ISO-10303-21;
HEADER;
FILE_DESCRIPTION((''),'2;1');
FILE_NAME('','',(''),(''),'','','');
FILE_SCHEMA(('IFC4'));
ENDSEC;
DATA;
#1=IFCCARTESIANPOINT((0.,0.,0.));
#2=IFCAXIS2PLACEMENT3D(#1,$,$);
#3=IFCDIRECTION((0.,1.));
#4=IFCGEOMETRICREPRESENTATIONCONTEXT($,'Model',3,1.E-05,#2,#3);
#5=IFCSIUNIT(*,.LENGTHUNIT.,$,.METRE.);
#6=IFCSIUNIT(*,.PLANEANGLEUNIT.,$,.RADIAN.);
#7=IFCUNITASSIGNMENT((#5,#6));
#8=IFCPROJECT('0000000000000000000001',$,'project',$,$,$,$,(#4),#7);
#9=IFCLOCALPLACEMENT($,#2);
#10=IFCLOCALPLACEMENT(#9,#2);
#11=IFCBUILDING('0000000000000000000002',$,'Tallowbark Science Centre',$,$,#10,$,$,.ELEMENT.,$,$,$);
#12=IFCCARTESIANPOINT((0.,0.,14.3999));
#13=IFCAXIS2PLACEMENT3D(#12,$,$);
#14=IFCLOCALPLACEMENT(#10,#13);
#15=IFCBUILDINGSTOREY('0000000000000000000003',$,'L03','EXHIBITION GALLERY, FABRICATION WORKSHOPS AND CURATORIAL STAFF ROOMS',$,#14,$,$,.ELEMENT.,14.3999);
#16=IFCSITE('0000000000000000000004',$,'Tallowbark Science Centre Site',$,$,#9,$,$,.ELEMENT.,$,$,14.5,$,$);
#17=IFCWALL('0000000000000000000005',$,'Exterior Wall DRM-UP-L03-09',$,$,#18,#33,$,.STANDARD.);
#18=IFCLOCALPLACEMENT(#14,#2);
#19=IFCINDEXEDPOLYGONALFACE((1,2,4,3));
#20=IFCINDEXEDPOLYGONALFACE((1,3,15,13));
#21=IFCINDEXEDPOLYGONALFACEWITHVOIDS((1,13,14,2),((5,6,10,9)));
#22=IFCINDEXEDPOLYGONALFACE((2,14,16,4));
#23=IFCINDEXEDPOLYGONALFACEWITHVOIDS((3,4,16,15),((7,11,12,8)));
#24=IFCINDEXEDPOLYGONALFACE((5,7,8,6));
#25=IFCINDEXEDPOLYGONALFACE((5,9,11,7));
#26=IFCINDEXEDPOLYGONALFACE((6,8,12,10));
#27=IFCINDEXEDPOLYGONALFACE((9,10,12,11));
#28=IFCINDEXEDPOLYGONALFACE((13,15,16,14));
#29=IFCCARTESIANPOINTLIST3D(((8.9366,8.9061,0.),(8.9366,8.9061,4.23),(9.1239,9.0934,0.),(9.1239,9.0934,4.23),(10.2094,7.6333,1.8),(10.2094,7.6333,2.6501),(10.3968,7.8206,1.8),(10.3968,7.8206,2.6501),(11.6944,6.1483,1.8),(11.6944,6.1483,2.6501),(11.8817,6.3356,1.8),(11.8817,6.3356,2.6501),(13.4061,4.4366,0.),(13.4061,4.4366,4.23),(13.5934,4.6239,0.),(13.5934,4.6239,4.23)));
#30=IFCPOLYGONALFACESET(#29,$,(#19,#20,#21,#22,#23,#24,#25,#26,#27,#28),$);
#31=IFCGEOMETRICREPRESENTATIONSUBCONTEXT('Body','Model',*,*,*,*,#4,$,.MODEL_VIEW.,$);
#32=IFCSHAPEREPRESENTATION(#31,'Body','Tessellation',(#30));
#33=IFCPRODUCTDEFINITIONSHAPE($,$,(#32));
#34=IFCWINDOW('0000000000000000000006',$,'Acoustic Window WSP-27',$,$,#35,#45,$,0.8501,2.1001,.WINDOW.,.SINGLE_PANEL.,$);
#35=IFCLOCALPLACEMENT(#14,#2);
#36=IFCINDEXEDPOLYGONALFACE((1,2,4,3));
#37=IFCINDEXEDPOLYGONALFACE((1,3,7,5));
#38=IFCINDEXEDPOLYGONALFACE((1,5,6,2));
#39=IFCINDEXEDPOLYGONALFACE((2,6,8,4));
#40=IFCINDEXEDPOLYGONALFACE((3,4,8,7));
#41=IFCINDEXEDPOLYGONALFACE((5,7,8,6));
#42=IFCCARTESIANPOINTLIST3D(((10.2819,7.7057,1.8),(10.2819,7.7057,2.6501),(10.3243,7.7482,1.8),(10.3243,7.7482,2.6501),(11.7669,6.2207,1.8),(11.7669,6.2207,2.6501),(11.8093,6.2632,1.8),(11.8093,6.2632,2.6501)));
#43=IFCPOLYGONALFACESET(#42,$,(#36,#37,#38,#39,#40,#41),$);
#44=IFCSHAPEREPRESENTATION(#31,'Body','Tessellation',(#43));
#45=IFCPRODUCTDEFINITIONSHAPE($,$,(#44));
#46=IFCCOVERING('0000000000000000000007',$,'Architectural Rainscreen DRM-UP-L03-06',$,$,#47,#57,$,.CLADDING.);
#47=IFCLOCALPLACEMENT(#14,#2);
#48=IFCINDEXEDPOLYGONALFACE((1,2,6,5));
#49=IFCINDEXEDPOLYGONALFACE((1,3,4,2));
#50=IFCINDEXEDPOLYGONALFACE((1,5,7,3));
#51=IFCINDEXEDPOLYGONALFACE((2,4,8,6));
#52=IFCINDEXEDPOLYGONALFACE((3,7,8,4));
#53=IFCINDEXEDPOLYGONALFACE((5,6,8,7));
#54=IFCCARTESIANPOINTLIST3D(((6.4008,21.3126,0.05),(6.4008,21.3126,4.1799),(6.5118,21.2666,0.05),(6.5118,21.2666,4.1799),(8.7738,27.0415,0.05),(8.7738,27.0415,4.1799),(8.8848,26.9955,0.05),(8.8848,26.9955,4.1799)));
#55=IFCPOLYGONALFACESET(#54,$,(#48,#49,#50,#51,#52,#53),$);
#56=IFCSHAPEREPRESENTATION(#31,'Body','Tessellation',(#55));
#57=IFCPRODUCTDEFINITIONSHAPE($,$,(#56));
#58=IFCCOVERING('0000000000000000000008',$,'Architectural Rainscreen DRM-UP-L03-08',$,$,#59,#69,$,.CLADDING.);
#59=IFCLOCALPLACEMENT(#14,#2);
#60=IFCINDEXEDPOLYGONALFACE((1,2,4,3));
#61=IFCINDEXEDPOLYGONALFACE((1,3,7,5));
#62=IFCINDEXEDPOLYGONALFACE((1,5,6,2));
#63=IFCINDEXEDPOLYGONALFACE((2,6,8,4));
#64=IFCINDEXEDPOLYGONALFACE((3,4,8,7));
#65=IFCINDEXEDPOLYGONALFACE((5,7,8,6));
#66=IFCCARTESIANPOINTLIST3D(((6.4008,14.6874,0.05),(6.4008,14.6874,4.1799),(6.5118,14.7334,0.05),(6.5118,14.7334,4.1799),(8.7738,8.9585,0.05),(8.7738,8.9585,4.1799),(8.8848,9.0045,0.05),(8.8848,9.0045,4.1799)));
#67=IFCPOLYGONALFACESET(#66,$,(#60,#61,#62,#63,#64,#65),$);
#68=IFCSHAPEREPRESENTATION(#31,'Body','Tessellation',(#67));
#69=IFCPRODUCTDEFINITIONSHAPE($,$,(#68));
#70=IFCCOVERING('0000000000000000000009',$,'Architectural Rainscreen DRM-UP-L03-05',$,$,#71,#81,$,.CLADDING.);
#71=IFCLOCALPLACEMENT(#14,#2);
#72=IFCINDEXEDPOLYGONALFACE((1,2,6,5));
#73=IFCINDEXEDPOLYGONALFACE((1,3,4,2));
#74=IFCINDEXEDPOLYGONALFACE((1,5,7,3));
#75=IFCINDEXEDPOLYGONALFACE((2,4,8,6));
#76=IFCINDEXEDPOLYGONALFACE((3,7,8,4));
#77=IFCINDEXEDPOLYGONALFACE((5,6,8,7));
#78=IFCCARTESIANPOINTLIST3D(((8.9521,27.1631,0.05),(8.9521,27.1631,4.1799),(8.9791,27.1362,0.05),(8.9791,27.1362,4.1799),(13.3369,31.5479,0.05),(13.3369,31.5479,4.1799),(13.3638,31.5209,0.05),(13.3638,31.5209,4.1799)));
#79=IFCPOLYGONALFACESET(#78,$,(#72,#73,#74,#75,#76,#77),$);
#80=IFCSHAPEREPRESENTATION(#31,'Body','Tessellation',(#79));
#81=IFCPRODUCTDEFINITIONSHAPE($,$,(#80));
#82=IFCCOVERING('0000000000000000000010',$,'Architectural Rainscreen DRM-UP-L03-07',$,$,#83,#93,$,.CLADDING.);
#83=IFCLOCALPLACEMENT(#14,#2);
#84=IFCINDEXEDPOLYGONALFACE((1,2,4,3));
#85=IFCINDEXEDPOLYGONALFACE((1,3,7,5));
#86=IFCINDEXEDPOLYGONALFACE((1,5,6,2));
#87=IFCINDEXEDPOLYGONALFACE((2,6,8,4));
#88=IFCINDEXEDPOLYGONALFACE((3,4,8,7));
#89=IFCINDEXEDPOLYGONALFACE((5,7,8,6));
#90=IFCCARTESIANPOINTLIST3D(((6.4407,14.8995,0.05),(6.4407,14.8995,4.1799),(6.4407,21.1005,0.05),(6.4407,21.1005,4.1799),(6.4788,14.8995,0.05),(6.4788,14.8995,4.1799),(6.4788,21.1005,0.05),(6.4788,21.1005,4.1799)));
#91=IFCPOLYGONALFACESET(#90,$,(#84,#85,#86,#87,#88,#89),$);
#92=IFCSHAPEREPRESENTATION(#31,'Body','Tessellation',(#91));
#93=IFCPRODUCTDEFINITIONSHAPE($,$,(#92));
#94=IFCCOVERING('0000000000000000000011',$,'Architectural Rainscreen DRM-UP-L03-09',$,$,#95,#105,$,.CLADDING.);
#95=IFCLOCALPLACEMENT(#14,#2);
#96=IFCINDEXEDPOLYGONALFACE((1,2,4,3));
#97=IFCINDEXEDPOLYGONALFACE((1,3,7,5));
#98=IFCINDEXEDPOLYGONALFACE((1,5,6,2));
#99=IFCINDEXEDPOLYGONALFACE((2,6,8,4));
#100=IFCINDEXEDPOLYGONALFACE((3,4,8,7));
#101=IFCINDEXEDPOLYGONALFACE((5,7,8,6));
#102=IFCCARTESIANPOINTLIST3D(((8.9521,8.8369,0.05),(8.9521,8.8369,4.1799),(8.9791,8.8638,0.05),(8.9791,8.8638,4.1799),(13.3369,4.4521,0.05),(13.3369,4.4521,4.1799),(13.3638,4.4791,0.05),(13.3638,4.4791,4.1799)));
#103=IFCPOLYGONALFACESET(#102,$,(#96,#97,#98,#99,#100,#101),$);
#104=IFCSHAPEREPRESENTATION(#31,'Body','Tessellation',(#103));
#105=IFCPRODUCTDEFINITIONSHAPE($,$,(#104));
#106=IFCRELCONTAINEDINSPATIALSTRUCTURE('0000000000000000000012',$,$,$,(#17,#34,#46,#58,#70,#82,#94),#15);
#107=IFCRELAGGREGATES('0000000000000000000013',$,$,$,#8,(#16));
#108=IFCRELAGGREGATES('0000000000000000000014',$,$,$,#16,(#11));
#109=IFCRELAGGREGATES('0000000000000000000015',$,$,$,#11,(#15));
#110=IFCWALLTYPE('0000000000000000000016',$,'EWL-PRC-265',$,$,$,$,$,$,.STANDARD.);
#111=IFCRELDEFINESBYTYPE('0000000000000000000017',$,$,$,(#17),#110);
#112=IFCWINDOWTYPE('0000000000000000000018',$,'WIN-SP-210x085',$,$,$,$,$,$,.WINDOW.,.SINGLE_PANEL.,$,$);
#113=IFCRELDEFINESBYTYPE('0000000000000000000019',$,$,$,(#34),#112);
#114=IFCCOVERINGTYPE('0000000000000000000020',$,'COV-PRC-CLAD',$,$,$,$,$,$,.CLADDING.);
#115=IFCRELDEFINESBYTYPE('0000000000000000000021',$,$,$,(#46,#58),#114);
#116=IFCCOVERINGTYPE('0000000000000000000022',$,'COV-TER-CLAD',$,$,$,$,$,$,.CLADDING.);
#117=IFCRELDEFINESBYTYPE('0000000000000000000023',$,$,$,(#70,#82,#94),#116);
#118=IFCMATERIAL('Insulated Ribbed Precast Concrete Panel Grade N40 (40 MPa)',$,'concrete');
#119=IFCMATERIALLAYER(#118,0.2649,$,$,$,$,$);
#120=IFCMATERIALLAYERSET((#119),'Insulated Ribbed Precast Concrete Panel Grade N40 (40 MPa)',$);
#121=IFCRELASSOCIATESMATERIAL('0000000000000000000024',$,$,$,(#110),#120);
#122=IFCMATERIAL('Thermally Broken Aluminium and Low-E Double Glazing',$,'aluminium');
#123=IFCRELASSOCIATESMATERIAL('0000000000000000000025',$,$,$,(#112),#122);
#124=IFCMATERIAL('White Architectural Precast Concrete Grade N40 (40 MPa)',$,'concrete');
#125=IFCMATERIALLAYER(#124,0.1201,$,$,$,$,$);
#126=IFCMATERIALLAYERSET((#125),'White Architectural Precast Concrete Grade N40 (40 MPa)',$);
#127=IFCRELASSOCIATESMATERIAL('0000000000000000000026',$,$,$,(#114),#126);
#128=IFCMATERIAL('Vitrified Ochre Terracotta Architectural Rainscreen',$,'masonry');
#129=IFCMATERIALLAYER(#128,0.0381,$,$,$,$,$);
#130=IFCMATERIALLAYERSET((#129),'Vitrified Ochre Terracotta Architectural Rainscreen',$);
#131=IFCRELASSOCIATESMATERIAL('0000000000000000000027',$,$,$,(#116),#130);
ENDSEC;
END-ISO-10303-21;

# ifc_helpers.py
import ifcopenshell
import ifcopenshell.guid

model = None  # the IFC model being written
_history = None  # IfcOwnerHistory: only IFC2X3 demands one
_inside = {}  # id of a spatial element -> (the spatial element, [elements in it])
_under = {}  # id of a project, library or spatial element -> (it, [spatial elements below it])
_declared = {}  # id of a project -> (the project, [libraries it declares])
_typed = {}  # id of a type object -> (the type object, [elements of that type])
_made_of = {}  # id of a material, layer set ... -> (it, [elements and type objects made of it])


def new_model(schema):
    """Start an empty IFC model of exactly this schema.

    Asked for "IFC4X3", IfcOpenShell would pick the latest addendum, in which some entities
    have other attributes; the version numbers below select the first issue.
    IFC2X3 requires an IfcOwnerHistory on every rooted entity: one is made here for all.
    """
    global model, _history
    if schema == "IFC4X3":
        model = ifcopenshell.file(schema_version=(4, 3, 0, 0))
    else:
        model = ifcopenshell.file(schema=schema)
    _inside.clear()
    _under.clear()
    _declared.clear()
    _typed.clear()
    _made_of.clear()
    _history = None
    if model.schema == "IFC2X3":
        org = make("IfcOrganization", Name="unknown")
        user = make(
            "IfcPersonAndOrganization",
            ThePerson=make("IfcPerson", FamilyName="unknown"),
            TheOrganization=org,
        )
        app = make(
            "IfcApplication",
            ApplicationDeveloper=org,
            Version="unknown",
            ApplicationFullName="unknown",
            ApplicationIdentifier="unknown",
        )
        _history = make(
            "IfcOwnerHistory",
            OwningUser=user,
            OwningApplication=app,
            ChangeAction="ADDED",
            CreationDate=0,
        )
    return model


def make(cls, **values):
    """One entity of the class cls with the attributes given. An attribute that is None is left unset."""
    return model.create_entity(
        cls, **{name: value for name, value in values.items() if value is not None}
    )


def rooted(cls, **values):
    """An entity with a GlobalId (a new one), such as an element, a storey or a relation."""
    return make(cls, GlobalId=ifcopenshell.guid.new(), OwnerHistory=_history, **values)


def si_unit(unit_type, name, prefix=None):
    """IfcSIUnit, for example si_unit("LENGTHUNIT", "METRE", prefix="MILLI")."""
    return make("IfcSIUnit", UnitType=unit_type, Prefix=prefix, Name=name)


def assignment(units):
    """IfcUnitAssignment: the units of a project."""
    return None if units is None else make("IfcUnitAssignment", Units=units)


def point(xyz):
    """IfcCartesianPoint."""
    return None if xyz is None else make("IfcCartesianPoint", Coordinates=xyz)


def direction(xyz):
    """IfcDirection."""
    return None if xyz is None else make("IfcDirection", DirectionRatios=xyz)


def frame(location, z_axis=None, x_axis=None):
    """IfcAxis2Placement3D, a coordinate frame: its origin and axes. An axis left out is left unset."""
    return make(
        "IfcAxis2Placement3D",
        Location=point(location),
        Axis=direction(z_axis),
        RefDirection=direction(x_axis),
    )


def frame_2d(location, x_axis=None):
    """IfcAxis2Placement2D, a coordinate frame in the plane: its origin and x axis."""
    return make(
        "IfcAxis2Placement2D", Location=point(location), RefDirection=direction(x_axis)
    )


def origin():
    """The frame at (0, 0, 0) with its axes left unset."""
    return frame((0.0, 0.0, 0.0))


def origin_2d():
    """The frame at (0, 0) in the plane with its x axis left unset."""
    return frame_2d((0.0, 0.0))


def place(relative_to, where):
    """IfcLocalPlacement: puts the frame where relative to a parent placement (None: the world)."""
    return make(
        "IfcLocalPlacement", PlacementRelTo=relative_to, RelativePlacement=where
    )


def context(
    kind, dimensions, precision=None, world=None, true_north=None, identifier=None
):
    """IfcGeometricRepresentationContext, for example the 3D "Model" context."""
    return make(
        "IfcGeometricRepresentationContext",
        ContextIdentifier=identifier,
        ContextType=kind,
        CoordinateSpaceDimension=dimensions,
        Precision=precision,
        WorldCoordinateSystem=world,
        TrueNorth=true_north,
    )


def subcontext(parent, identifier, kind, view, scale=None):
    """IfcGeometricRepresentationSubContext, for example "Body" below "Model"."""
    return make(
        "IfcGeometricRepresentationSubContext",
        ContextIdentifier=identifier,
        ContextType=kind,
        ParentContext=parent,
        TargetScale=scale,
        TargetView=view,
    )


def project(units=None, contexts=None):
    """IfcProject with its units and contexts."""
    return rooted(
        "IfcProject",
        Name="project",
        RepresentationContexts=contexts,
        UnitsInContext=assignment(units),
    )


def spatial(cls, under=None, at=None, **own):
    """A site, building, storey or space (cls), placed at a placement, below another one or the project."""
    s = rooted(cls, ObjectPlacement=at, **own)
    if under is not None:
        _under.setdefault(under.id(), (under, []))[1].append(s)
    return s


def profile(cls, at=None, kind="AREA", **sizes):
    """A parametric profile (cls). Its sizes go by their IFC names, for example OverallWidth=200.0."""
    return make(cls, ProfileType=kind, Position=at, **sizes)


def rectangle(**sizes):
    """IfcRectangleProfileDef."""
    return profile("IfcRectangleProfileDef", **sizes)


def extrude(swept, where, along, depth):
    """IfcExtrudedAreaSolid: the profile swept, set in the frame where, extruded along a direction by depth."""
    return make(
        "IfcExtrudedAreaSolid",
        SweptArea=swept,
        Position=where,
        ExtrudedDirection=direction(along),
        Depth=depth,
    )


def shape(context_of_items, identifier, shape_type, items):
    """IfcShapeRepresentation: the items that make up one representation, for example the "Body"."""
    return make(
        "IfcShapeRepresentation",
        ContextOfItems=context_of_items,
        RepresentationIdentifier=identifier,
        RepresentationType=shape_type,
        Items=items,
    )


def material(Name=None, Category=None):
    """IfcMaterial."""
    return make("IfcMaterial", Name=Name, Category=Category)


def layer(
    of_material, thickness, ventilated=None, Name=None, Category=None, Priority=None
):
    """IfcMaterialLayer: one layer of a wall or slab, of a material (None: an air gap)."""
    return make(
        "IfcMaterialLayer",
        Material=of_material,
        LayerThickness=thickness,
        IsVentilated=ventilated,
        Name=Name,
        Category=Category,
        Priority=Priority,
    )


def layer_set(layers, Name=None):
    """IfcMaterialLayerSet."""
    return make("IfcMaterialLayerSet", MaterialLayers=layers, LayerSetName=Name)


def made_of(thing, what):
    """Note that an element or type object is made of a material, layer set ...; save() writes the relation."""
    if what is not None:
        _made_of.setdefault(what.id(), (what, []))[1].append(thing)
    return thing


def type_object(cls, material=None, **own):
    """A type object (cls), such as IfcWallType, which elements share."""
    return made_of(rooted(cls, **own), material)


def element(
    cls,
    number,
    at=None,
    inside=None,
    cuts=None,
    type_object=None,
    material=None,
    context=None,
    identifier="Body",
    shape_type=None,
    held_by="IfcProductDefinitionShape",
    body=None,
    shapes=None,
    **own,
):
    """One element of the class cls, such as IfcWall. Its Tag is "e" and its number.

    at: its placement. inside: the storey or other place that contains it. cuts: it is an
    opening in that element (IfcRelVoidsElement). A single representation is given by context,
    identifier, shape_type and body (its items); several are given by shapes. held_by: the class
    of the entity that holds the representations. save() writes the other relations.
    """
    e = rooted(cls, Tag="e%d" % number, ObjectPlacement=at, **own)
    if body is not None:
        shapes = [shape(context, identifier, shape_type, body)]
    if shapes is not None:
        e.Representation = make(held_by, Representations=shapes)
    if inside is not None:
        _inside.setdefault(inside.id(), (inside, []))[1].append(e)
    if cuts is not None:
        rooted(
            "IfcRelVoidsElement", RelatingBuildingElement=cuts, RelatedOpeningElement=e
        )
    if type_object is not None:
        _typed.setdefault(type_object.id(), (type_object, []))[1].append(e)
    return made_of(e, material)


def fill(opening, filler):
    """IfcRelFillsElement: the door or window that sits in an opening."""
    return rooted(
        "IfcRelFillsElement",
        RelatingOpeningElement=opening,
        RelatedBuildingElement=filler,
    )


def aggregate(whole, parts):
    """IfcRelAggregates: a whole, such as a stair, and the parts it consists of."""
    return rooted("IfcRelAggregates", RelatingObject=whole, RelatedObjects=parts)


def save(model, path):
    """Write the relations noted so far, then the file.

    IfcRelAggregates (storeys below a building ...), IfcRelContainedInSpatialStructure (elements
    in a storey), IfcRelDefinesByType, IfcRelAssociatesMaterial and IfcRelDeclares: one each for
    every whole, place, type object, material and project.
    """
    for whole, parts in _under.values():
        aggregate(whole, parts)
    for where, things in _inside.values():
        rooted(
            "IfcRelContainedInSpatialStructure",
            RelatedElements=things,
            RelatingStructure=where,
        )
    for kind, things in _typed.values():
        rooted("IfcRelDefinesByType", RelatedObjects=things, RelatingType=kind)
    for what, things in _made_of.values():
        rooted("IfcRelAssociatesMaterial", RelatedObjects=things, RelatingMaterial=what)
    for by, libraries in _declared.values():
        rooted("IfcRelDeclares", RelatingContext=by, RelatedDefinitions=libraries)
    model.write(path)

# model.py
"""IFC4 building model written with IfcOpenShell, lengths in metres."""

from ifc_helpers import new_model, si_unit, direction, frame, frame_2d, origin, origin_2d, place, context, subcontext, project, spatial, rectangle, extrude, material, layer, layer_set, type_object, element, fill, save


model = new_model("IFC4")

# Units and contexts
model_context = context("Model", 3, precision=1e-05, world=origin(), true_north=direction((0.0, 1.0)))
body_context = subcontext(model_context, "Body", "Model", "MODEL_VIEW")
ifc_project = project(units=[si_unit("LENGTHUNIT", "METRE"), si_unit("PLANEANGLEUNIT", "RADIAN")], contexts=[model_context])

# Site, building, storey
site_placement = place(None, origin())
site = spatial("IfcSite", under=ifc_project, at=site_placement, Name="Tallowbark Science Centre Site", CompositionType="ELEMENT", RefElevation=14.5)
building_placement = place(site_placement, origin())
building = spatial("IfcBuilding", under=site, at=building_placement, Name="Tallowbark Science Centre", CompositionType="ELEMENT")
storey_placement = place(building_placement, frame((0.0, 0.0, 14.3999)))
storey = spatial("IfcBuildingStorey", under=building, at=storey_placement, Name="L03", Description="EXHIBITION GALLERY, FABRICATION WORKSHOPS AND CURATORIAL STAFF ROOMS", CompositionType="ELEMENT", Elevation=14.3999)

# Wall, opening, window
ifc_material_1 = material(Name="Insulated Ribbed Precast Concrete Panel Grade N40 (40 MPa)", Category="concrete")
ifc_layer_1 = layer(ifc_material_1, 0.2649)
ifc_layer_set_1 = layer_set([ifc_layer_1], Name="Insulated Ribbed Precast Concrete Panel Grade N40 (40 MPa)")
wall_type = type_object("IfcWallType", Name="EWL-PRC-265", PredefinedType="STANDARD", material=ifc_layer_set_1)
ifc_material_2 = material(Name="Thermally Broken Aluminium and Low-E Double Glazing", Category="aluminium")
wall_1_placement = place(storey_placement, frame((9.0303, 8.9998, 0.0), z_axis=(0.0, 0.0, 1.0), x_axis=(0.707107, -0.707107, 0.0)))
wall_1 = element("IfcWall", 1, at=wall_1_placement, inside=storey, type_object=wall_type, Name="Exterior Wall DRM-UP-L03-09", PredefinedType="STANDARD", context=body_context, shape_type="SweptSolid", body=[
    extrude(rectangle(XDim=6.3208, YDim=0.2649, at=frame_2d((3.1604, 0.0))), origin(), (0.0, 0.0, 1.0), 4.23),
])
opening_1_placement = place(wall_1_placement, frame((1.8, 0.0, 1.8)))
opening_1 = element("IfcOpeningElement", 2, at=opening_1_placement, cuts=wall_1, PredefinedType="OPENING", context=body_context, shape_type="SweptSolid", body=[
    extrude(rectangle(XDim=2.1001, YDim=0.8501, at=frame_2d((1.05, 0.425))), frame((0.0, 0.1426, 0.0), z_axis=(0.0, -1.0, 0.0), x_axis=(1.0, 0.0, 0.0)), (0.0, 0.0, 1.0), 0.2849),
])
window_type_1 = type_object("IfcWindowType", Name="WIN-SP-210x085", PartitioningType="SINGLE_PANEL", PredefinedType="WINDOW", material=ifc_material_2)
window_1_placement = place(opening_1_placement, origin())
window_1 = element("IfcWindow", 3, at=window_1_placement, inside=storey, type_object=window_type_1, Name="Acoustic Window WSP-27", OverallHeight=0.8501, OverallWidth=2.1001, PartitioningType="SINGLE_PANEL", PredefinedType="WINDOW", context=body_context, shape_type="SweptSolid", body=[
    extrude(rectangle(XDim=2.1001, YDim=0.8501, at=frame_2d((1.05, 0.425))), frame((0.0, 0.03, 0.0), z_axis=(0.0, -1.0, 0.0), x_axis=(1.0, 0.0, 0.0)), (0.0, 0.0, 1.0), 0.0601),
])
fill(opening_1, window_1)

# Coverings
ifc_material_3 = material(Name="White Architectural Precast Concrete Grade N40 (40 MPa)", Category="concrete")
ifc_layer_2 = layer(ifc_material_3, 0.1201)
ifc_layer_set_2 = layer_set([ifc_layer_2], Name="White Architectural Precast Concrete Grade N40 (40 MPa)")
covering_type_1 = type_object("IfcCoveringType", Name="COV-PRC-CLAD", PredefinedType="CLADDING", material=ifc_layer_set_2)
for number, where, z_axis, x_axis, name in (
    (4, (7.6428, 24.1541, 0.05), (0.0, 0.0, 1.0), (-0.382683, -0.92388, 0.0), "Architectural Rainscreen DRM-UP-L03-06"),
    (5, (7.6428, 11.8459, 0.05), (0.0, 0.0, 1.0), (0.382683, -0.92388, 0.0), "Architectural Rainscreen DRM-UP-L03-08"),
):
    element("IfcCovering", number, at=place(storey_placement, frame(where, z_axis=z_axis, x_axis=x_axis)), inside=storey, type_object=covering_type_1, Name=name, PredefinedType="CLADDING", context=body_context, shape_type="SweptSolid", body=[
        extrude(rectangle(XDim=6.2009, YDim=0.1201, at=origin_2d()), origin(), (0.0, 0.0, 1.0), 4.1299),
    ])
ifc_material_4 = material(Name="Vitrified Ochre Terracotta Architectural Rainscreen", Category="masonry")
ifc_layer_3 = layer(ifc_material_4, 0.0381)
ifc_layer_set_3 = layer_set([ifc_layer_3], Name="Vitrified Ochre Terracotta Architectural Rainscreen")
covering_type_2 = type_object("IfcCoveringType", Name="COV-TER-CLAD", PredefinedType="CLADDING", material=ifc_layer_set_3)
for number, where, z_axis, x_axis, name in (
    (6, (11.158, 29.342, 0.05), (0.0, 0.0, 1.0), (-0.707107, -0.707107, 0.0), "Architectural Rainscreen DRM-UP-L03-05"),
    (7, (6.4597, 18.0, 0.05), (0.0, 0.0, 1.0), (0.0, -1.0, 0.0), "Architectural Rainscreen DRM-UP-L03-07"),
    (8, (11.158, 6.658, 0.05), (0.0, 0.0, 1.0), (0.707107, -0.707107, 0.0), "Architectural Rainscreen DRM-UP-L03-09"),
):
    element("IfcCovering", number, at=place(storey_placement, frame(where, z_axis=z_axis, x_axis=x_axis)), inside=storey, type_object=covering_type_2, Name=name, PredefinedType="CLADDING", context=body_context, shape_type="SweptSolid", body=[
        extrude(rectangle(XDim=6.2009, YDim=0.0381, at=origin_2d()), origin(), (0.0, 0.0, 1.0), 4.1299),
    ])

save(model, "model.ifc")
